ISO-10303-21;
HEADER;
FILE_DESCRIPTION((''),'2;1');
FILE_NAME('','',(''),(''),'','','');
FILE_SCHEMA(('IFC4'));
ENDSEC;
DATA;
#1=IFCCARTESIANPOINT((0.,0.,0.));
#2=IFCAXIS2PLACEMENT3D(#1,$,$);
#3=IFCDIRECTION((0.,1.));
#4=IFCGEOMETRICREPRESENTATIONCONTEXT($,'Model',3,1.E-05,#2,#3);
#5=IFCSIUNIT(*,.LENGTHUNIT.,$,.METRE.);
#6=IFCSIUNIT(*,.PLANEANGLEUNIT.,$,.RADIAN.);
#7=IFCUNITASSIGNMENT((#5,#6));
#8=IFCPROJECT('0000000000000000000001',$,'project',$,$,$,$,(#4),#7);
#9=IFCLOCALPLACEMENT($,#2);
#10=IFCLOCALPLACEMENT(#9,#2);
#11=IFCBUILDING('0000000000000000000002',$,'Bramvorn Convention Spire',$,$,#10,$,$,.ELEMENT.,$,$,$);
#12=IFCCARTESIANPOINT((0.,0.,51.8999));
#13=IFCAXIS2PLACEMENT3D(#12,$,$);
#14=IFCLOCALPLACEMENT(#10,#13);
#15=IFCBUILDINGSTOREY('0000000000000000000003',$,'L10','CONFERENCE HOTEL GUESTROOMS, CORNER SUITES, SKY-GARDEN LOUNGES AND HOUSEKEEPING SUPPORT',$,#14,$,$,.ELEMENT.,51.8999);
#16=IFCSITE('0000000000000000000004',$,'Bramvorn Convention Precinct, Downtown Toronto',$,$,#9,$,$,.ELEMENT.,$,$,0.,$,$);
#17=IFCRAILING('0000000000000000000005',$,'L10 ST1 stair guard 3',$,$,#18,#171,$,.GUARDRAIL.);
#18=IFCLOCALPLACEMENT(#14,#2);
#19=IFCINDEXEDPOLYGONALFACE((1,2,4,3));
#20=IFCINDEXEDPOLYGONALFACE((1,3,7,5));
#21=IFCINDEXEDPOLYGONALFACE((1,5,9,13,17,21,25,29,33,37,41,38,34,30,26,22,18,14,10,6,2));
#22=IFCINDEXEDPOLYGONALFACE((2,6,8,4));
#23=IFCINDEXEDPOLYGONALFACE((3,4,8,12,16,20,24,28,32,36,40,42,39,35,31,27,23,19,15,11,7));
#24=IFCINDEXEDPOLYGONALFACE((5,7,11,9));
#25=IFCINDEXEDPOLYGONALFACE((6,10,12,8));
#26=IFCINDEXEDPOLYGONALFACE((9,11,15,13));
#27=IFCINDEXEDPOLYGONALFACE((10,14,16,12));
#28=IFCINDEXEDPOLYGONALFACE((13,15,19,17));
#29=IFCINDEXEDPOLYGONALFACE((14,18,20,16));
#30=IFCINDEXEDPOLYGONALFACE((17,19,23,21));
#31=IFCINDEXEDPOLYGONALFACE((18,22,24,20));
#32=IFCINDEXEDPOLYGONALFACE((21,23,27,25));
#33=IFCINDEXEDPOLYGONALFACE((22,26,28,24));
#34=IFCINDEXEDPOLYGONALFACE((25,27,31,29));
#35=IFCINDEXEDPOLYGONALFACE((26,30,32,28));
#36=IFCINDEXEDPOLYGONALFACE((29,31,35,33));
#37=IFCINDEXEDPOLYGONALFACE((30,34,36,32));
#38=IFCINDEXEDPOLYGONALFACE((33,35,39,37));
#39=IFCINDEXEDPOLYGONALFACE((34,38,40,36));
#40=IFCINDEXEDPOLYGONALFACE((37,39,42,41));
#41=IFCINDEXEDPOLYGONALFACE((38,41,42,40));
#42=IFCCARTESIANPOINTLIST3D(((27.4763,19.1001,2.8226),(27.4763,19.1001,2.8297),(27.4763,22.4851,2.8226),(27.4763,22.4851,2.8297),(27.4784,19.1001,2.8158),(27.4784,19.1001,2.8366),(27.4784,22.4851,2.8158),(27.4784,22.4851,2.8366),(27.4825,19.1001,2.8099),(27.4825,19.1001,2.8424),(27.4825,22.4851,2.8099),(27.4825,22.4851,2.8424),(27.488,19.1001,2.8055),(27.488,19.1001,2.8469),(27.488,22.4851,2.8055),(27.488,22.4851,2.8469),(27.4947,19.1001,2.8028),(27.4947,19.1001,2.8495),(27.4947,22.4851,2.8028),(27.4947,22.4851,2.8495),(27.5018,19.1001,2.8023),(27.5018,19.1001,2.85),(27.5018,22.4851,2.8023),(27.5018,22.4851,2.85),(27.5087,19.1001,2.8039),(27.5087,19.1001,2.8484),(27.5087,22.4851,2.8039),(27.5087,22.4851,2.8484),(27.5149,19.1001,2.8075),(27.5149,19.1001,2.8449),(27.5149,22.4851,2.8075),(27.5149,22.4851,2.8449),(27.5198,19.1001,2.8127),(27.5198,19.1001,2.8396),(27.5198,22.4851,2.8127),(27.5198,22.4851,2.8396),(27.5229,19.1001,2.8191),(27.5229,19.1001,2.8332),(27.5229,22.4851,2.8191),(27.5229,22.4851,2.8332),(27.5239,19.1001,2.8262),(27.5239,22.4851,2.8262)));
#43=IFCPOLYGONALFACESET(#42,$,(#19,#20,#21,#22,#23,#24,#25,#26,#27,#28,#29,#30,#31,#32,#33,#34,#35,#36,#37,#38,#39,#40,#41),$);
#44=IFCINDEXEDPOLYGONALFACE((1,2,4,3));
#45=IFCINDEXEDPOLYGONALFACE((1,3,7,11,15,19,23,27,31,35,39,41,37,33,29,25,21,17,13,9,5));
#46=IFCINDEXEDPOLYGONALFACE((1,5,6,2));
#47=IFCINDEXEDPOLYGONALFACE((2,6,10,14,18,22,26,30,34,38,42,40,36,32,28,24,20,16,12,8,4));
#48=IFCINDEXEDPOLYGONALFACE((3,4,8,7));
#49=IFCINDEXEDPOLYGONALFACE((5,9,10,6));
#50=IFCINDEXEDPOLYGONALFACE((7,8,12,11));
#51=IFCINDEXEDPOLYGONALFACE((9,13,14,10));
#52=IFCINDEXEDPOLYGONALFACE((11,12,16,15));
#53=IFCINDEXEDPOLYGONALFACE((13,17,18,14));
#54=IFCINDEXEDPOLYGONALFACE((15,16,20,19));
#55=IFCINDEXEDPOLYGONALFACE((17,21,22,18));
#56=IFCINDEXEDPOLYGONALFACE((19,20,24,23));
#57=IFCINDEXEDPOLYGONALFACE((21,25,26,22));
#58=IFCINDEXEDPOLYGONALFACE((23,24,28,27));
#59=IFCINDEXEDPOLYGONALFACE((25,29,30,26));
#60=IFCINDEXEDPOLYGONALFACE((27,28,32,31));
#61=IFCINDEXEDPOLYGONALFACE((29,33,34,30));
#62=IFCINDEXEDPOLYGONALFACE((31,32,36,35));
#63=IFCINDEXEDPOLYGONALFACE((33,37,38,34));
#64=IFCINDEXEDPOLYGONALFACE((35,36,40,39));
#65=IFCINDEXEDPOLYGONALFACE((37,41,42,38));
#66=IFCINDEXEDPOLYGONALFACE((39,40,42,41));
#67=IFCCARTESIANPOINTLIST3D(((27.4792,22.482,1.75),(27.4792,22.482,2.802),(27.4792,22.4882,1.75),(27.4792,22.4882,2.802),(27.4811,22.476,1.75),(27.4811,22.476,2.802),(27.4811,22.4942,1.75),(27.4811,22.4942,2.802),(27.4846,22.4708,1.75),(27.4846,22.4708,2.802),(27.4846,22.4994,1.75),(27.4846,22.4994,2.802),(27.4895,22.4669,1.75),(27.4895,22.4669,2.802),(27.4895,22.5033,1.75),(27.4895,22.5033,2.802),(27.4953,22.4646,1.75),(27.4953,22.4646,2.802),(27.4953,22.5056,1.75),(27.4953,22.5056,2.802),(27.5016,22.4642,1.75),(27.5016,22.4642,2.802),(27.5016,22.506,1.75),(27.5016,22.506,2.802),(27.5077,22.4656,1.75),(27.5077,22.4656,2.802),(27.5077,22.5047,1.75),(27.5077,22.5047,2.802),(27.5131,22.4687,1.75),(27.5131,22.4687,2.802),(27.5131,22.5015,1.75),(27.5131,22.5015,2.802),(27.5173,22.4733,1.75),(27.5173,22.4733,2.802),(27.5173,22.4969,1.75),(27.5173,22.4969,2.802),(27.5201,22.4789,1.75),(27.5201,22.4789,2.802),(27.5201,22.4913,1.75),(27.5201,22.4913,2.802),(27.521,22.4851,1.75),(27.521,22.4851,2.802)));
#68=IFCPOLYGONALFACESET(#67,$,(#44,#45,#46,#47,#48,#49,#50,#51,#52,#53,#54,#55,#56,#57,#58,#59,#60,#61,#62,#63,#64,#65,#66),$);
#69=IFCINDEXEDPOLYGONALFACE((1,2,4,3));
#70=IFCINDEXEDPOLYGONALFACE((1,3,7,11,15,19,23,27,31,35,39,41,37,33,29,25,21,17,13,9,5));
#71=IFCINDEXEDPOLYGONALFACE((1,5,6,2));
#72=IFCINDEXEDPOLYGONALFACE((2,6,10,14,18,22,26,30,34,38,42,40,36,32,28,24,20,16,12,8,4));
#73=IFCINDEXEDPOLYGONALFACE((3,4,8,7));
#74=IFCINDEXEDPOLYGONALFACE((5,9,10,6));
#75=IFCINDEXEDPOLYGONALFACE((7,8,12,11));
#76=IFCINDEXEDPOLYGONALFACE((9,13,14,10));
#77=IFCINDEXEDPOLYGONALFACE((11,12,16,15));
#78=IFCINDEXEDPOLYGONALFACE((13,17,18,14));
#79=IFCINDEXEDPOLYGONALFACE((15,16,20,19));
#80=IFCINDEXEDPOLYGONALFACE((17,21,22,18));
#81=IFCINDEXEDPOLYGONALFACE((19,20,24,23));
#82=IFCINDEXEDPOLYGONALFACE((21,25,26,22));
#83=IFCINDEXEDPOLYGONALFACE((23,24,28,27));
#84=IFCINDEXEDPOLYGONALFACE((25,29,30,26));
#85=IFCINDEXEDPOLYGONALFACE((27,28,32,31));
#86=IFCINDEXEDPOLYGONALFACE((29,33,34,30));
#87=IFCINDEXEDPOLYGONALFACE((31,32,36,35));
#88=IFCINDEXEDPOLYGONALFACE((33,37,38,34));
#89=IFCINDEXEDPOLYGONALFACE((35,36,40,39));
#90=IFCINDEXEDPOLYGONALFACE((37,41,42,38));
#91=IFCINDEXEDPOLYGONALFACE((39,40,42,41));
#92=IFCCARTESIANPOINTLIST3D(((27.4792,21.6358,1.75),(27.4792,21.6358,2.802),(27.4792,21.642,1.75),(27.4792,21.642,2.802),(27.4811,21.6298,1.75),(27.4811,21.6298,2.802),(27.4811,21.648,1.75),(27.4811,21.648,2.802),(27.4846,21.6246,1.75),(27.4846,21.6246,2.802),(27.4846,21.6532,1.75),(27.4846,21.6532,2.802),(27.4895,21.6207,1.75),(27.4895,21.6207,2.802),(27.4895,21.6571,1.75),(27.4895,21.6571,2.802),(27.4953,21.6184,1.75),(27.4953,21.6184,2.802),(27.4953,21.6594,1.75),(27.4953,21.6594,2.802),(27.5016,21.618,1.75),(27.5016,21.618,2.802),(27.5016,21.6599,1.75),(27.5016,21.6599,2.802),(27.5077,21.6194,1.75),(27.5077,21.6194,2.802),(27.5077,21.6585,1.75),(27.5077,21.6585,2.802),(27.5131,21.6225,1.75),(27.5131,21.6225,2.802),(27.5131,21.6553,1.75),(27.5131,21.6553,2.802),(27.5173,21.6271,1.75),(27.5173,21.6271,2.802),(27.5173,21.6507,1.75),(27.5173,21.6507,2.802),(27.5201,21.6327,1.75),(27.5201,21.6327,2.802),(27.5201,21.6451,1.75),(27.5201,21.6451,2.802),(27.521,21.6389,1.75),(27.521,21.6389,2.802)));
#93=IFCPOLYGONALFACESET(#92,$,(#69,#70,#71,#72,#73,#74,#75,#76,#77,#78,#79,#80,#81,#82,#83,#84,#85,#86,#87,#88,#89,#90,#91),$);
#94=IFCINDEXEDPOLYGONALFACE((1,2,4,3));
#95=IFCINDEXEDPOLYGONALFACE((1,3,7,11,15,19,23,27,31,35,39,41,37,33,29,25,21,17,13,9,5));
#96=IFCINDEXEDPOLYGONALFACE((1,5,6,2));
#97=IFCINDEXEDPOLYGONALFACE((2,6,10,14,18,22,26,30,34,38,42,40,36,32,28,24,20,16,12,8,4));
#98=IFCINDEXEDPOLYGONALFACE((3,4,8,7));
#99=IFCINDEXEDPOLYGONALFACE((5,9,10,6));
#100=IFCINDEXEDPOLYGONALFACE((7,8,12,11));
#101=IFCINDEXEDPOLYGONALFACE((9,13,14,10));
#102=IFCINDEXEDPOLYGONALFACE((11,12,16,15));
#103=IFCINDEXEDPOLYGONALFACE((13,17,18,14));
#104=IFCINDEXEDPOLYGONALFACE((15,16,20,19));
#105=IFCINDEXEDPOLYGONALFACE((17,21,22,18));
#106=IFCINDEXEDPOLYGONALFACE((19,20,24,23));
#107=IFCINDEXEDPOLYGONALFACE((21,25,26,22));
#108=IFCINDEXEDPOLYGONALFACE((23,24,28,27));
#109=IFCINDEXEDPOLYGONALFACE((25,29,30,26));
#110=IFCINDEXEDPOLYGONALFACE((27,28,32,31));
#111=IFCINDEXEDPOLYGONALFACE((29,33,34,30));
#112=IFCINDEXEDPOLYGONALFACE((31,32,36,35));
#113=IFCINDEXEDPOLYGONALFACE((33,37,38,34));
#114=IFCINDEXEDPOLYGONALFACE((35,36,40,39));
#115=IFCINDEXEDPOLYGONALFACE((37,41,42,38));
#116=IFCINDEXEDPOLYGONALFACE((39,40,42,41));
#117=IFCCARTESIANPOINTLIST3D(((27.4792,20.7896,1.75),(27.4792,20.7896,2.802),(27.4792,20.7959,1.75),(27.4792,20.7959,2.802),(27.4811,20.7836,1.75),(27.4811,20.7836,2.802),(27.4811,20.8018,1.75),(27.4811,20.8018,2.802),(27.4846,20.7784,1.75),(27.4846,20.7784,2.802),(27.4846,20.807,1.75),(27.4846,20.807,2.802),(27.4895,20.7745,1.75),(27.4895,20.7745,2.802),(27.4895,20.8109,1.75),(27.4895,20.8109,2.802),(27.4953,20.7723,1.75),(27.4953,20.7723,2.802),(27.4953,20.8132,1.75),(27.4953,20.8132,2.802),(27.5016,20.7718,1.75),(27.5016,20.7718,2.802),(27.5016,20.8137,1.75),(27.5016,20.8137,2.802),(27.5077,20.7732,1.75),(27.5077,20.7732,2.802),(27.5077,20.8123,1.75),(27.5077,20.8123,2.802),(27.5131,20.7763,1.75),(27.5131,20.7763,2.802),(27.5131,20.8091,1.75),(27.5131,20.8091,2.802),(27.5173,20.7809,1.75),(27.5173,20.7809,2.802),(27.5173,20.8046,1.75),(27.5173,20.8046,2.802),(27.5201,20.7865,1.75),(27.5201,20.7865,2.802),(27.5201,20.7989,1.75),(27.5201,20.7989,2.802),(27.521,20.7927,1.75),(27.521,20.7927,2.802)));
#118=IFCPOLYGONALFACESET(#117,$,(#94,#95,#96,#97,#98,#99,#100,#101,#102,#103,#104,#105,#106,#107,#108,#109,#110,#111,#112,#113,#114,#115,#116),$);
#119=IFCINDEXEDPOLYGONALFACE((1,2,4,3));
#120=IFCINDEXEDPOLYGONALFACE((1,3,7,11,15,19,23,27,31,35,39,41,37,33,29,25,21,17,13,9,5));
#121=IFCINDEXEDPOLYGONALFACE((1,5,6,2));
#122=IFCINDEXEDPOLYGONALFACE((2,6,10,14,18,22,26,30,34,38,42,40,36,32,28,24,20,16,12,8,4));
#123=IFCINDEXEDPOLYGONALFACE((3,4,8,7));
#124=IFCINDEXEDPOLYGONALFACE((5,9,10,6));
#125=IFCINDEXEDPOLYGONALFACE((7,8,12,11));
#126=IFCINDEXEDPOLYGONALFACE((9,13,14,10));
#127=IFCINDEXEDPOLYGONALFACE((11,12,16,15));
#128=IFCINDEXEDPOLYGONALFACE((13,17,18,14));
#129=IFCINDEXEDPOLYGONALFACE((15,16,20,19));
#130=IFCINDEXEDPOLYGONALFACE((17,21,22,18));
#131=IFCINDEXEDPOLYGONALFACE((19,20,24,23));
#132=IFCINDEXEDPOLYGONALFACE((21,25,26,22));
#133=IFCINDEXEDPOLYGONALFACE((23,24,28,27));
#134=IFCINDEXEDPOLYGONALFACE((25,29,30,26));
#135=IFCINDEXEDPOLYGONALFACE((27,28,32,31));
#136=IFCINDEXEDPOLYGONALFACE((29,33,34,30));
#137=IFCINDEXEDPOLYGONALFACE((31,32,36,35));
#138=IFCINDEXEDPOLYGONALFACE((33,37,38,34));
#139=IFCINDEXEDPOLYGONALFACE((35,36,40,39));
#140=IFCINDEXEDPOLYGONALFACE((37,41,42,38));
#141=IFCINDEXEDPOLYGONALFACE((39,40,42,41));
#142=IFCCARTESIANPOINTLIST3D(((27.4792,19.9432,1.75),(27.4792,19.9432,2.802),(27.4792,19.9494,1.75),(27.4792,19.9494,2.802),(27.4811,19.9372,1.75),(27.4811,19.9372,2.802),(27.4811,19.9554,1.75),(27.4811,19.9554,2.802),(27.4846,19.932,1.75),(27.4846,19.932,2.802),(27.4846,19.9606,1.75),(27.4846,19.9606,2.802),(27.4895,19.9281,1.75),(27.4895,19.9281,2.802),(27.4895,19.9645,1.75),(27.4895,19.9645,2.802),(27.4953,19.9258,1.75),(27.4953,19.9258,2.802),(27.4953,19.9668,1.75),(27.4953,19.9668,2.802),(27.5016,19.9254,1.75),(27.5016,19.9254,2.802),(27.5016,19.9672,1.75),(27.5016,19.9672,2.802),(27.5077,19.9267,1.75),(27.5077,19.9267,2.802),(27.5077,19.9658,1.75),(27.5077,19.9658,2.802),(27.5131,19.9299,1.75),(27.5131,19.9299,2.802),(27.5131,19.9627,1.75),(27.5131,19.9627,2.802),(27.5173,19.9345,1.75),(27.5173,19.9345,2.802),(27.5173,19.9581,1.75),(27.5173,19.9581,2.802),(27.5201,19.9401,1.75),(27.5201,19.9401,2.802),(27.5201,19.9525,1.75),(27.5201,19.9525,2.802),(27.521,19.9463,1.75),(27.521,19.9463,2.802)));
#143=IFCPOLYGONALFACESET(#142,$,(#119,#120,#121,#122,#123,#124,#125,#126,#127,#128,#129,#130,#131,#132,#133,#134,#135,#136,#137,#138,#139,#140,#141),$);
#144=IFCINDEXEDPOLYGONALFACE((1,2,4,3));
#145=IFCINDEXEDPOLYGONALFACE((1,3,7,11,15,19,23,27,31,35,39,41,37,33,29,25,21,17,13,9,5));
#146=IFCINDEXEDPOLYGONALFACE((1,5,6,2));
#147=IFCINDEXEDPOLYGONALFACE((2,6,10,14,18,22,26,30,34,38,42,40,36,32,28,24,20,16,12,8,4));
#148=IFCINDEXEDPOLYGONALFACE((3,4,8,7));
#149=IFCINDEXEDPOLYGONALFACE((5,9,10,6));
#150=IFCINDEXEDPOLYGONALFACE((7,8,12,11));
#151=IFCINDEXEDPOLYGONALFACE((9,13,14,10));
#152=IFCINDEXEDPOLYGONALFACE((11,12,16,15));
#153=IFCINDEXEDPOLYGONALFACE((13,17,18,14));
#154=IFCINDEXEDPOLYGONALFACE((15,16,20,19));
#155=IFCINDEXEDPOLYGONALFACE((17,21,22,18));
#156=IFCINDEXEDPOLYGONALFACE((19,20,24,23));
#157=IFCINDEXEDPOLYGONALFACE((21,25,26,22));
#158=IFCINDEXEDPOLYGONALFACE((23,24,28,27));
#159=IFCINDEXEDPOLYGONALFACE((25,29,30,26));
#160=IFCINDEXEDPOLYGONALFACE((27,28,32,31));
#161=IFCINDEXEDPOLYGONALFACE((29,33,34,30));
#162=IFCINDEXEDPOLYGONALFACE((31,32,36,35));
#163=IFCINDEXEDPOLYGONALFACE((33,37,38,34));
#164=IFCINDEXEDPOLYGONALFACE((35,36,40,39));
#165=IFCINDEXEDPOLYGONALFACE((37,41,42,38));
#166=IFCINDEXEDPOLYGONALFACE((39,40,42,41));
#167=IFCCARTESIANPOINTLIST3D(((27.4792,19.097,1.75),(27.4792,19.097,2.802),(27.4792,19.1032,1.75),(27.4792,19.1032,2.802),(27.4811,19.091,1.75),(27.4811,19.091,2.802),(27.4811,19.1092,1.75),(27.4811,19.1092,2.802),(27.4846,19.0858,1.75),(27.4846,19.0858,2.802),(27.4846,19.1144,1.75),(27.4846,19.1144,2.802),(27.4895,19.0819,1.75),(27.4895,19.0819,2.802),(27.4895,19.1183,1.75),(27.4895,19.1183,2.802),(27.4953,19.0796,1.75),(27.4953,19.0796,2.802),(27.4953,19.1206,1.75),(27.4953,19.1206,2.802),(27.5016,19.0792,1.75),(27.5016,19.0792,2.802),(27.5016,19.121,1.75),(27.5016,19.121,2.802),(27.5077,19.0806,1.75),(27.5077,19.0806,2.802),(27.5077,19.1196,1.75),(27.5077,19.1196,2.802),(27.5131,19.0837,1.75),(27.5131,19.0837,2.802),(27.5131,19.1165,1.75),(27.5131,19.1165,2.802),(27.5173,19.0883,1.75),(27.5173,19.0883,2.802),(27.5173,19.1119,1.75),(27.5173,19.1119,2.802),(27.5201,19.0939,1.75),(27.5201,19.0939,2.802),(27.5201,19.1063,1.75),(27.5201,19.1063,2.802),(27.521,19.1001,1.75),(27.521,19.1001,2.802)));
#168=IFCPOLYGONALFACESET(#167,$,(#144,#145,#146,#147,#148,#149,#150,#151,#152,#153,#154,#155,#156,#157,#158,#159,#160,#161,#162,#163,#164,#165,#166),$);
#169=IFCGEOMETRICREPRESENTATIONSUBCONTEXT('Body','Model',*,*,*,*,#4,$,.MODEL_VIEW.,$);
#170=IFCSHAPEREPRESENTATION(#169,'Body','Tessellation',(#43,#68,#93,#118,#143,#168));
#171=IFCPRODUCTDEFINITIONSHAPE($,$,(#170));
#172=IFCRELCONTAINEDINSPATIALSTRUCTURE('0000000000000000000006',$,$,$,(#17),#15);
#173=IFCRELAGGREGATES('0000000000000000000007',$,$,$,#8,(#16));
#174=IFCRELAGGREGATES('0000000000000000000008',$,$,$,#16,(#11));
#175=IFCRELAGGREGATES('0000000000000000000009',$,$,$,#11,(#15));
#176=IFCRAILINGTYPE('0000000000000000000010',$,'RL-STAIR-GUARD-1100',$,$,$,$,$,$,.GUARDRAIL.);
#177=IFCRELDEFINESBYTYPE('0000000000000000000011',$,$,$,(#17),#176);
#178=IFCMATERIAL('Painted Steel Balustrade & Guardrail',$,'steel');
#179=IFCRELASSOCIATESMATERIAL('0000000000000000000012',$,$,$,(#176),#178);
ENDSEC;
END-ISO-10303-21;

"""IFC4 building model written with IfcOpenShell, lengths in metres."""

from ifc_helpers import new_model, si_unit, direction, frame, origin, origin_2d, place, context, subcontext, project, spatial, circle, extrude, material, type_object, element, save


model = new_model("IFC4")

# Units and contexts
model_context = context("Model", 3, precision=1e-05, world=origin(), true_north=direction((0.0, 1.0)))
body_context = subcontext(model_context, "Body", "Model", "MODEL_VIEW")
ifc_project = project(units=[si_unit("LENGTHUNIT", "METRE"), si_unit("PLANEANGLEUNIT", "RADIAN")], contexts=[model_context])

# Site, building, storey
site_placement = place(None, origin())
site = spatial("IfcSite", under=ifc_project, at=site_placement, Name="Bramvorn Convention Precinct, Downtown Toronto", CompositionType="ELEMENT", RefElevation=0.0)
building_placement = place(site_placement, origin())
building = spatial("IfcBuilding", under=site, at=building_placement, Name="Bramvorn Convention Spire", CompositionType="ELEMENT")
storey_placement = place(building_placement, frame((0.0, 0.0, 51.8999)))
storey = spatial("IfcBuildingStorey", under=building, at=storey_placement, Name="L10", Description="CONFERENCE HOTEL GUESTROOMS, CORNER SUITES, SKY-GARDEN LOUNGES AND HOUSEKEEPING SUPPORT", CompositionType="ELEMENT", Elevation=51.8999)

# Railing
ifc_material_1 = material(Name="Painted Steel Balustrade & Guardrail", Category="steel")
railing_type_1 = type_object("IfcRailingType", Name="RL-STAIR-GUARD-1100", PredefinedType="GUARDRAIL", material=ifc_material_1)
for number, where, name in (
    (1, (27.5, 22.4851, 1.75), "L10 ST1 stair guard 3"),
):
    element("IfcRailing", number, at=place(storey_placement, frame(where)), inside=storey, type_object=railing_type_1, Name=name, PredefinedType="GUARDRAIL", context=body_context, shape_type="SweptSolid", body=[
        extrude(circle(Radius=0.0239, at=origin_2d()), frame((0.0, 0.0, 1.0762), z_axis=(0.0, -1.0, 0.0), x_axis=(1.0, 0.0, 0.0)), (0.0, 0.0, 1.0), 3.385),
        extrude(circle(Radius=0.021, at=origin_2d()), origin(), (0.0, 0.0, 1.0), 1.052),
        extrude(circle(Radius=0.021, at=origin_2d()), frame((0.0, -0.8462, 0.0)), (0.0, 0.0, 1.0), 1.052),
        extrude(circle(Radius=0.021, at=origin_2d()), frame((0.0, -1.6924, 0.0)), (0.0, 0.0, 1.0), 1.052),
        extrude(circle(Radius=0.021, at=origin_2d()), frame((0.0, -2.5388, 0.0)), (0.0, 0.0, 1.0), 1.052),
        extrude(circle(Radius=0.021, at=origin_2d()), frame((0.0, -3.385, 0.0)), (0.0, 0.0, 1.0), 1.052),
    ])

save(model, "model.ifc")
